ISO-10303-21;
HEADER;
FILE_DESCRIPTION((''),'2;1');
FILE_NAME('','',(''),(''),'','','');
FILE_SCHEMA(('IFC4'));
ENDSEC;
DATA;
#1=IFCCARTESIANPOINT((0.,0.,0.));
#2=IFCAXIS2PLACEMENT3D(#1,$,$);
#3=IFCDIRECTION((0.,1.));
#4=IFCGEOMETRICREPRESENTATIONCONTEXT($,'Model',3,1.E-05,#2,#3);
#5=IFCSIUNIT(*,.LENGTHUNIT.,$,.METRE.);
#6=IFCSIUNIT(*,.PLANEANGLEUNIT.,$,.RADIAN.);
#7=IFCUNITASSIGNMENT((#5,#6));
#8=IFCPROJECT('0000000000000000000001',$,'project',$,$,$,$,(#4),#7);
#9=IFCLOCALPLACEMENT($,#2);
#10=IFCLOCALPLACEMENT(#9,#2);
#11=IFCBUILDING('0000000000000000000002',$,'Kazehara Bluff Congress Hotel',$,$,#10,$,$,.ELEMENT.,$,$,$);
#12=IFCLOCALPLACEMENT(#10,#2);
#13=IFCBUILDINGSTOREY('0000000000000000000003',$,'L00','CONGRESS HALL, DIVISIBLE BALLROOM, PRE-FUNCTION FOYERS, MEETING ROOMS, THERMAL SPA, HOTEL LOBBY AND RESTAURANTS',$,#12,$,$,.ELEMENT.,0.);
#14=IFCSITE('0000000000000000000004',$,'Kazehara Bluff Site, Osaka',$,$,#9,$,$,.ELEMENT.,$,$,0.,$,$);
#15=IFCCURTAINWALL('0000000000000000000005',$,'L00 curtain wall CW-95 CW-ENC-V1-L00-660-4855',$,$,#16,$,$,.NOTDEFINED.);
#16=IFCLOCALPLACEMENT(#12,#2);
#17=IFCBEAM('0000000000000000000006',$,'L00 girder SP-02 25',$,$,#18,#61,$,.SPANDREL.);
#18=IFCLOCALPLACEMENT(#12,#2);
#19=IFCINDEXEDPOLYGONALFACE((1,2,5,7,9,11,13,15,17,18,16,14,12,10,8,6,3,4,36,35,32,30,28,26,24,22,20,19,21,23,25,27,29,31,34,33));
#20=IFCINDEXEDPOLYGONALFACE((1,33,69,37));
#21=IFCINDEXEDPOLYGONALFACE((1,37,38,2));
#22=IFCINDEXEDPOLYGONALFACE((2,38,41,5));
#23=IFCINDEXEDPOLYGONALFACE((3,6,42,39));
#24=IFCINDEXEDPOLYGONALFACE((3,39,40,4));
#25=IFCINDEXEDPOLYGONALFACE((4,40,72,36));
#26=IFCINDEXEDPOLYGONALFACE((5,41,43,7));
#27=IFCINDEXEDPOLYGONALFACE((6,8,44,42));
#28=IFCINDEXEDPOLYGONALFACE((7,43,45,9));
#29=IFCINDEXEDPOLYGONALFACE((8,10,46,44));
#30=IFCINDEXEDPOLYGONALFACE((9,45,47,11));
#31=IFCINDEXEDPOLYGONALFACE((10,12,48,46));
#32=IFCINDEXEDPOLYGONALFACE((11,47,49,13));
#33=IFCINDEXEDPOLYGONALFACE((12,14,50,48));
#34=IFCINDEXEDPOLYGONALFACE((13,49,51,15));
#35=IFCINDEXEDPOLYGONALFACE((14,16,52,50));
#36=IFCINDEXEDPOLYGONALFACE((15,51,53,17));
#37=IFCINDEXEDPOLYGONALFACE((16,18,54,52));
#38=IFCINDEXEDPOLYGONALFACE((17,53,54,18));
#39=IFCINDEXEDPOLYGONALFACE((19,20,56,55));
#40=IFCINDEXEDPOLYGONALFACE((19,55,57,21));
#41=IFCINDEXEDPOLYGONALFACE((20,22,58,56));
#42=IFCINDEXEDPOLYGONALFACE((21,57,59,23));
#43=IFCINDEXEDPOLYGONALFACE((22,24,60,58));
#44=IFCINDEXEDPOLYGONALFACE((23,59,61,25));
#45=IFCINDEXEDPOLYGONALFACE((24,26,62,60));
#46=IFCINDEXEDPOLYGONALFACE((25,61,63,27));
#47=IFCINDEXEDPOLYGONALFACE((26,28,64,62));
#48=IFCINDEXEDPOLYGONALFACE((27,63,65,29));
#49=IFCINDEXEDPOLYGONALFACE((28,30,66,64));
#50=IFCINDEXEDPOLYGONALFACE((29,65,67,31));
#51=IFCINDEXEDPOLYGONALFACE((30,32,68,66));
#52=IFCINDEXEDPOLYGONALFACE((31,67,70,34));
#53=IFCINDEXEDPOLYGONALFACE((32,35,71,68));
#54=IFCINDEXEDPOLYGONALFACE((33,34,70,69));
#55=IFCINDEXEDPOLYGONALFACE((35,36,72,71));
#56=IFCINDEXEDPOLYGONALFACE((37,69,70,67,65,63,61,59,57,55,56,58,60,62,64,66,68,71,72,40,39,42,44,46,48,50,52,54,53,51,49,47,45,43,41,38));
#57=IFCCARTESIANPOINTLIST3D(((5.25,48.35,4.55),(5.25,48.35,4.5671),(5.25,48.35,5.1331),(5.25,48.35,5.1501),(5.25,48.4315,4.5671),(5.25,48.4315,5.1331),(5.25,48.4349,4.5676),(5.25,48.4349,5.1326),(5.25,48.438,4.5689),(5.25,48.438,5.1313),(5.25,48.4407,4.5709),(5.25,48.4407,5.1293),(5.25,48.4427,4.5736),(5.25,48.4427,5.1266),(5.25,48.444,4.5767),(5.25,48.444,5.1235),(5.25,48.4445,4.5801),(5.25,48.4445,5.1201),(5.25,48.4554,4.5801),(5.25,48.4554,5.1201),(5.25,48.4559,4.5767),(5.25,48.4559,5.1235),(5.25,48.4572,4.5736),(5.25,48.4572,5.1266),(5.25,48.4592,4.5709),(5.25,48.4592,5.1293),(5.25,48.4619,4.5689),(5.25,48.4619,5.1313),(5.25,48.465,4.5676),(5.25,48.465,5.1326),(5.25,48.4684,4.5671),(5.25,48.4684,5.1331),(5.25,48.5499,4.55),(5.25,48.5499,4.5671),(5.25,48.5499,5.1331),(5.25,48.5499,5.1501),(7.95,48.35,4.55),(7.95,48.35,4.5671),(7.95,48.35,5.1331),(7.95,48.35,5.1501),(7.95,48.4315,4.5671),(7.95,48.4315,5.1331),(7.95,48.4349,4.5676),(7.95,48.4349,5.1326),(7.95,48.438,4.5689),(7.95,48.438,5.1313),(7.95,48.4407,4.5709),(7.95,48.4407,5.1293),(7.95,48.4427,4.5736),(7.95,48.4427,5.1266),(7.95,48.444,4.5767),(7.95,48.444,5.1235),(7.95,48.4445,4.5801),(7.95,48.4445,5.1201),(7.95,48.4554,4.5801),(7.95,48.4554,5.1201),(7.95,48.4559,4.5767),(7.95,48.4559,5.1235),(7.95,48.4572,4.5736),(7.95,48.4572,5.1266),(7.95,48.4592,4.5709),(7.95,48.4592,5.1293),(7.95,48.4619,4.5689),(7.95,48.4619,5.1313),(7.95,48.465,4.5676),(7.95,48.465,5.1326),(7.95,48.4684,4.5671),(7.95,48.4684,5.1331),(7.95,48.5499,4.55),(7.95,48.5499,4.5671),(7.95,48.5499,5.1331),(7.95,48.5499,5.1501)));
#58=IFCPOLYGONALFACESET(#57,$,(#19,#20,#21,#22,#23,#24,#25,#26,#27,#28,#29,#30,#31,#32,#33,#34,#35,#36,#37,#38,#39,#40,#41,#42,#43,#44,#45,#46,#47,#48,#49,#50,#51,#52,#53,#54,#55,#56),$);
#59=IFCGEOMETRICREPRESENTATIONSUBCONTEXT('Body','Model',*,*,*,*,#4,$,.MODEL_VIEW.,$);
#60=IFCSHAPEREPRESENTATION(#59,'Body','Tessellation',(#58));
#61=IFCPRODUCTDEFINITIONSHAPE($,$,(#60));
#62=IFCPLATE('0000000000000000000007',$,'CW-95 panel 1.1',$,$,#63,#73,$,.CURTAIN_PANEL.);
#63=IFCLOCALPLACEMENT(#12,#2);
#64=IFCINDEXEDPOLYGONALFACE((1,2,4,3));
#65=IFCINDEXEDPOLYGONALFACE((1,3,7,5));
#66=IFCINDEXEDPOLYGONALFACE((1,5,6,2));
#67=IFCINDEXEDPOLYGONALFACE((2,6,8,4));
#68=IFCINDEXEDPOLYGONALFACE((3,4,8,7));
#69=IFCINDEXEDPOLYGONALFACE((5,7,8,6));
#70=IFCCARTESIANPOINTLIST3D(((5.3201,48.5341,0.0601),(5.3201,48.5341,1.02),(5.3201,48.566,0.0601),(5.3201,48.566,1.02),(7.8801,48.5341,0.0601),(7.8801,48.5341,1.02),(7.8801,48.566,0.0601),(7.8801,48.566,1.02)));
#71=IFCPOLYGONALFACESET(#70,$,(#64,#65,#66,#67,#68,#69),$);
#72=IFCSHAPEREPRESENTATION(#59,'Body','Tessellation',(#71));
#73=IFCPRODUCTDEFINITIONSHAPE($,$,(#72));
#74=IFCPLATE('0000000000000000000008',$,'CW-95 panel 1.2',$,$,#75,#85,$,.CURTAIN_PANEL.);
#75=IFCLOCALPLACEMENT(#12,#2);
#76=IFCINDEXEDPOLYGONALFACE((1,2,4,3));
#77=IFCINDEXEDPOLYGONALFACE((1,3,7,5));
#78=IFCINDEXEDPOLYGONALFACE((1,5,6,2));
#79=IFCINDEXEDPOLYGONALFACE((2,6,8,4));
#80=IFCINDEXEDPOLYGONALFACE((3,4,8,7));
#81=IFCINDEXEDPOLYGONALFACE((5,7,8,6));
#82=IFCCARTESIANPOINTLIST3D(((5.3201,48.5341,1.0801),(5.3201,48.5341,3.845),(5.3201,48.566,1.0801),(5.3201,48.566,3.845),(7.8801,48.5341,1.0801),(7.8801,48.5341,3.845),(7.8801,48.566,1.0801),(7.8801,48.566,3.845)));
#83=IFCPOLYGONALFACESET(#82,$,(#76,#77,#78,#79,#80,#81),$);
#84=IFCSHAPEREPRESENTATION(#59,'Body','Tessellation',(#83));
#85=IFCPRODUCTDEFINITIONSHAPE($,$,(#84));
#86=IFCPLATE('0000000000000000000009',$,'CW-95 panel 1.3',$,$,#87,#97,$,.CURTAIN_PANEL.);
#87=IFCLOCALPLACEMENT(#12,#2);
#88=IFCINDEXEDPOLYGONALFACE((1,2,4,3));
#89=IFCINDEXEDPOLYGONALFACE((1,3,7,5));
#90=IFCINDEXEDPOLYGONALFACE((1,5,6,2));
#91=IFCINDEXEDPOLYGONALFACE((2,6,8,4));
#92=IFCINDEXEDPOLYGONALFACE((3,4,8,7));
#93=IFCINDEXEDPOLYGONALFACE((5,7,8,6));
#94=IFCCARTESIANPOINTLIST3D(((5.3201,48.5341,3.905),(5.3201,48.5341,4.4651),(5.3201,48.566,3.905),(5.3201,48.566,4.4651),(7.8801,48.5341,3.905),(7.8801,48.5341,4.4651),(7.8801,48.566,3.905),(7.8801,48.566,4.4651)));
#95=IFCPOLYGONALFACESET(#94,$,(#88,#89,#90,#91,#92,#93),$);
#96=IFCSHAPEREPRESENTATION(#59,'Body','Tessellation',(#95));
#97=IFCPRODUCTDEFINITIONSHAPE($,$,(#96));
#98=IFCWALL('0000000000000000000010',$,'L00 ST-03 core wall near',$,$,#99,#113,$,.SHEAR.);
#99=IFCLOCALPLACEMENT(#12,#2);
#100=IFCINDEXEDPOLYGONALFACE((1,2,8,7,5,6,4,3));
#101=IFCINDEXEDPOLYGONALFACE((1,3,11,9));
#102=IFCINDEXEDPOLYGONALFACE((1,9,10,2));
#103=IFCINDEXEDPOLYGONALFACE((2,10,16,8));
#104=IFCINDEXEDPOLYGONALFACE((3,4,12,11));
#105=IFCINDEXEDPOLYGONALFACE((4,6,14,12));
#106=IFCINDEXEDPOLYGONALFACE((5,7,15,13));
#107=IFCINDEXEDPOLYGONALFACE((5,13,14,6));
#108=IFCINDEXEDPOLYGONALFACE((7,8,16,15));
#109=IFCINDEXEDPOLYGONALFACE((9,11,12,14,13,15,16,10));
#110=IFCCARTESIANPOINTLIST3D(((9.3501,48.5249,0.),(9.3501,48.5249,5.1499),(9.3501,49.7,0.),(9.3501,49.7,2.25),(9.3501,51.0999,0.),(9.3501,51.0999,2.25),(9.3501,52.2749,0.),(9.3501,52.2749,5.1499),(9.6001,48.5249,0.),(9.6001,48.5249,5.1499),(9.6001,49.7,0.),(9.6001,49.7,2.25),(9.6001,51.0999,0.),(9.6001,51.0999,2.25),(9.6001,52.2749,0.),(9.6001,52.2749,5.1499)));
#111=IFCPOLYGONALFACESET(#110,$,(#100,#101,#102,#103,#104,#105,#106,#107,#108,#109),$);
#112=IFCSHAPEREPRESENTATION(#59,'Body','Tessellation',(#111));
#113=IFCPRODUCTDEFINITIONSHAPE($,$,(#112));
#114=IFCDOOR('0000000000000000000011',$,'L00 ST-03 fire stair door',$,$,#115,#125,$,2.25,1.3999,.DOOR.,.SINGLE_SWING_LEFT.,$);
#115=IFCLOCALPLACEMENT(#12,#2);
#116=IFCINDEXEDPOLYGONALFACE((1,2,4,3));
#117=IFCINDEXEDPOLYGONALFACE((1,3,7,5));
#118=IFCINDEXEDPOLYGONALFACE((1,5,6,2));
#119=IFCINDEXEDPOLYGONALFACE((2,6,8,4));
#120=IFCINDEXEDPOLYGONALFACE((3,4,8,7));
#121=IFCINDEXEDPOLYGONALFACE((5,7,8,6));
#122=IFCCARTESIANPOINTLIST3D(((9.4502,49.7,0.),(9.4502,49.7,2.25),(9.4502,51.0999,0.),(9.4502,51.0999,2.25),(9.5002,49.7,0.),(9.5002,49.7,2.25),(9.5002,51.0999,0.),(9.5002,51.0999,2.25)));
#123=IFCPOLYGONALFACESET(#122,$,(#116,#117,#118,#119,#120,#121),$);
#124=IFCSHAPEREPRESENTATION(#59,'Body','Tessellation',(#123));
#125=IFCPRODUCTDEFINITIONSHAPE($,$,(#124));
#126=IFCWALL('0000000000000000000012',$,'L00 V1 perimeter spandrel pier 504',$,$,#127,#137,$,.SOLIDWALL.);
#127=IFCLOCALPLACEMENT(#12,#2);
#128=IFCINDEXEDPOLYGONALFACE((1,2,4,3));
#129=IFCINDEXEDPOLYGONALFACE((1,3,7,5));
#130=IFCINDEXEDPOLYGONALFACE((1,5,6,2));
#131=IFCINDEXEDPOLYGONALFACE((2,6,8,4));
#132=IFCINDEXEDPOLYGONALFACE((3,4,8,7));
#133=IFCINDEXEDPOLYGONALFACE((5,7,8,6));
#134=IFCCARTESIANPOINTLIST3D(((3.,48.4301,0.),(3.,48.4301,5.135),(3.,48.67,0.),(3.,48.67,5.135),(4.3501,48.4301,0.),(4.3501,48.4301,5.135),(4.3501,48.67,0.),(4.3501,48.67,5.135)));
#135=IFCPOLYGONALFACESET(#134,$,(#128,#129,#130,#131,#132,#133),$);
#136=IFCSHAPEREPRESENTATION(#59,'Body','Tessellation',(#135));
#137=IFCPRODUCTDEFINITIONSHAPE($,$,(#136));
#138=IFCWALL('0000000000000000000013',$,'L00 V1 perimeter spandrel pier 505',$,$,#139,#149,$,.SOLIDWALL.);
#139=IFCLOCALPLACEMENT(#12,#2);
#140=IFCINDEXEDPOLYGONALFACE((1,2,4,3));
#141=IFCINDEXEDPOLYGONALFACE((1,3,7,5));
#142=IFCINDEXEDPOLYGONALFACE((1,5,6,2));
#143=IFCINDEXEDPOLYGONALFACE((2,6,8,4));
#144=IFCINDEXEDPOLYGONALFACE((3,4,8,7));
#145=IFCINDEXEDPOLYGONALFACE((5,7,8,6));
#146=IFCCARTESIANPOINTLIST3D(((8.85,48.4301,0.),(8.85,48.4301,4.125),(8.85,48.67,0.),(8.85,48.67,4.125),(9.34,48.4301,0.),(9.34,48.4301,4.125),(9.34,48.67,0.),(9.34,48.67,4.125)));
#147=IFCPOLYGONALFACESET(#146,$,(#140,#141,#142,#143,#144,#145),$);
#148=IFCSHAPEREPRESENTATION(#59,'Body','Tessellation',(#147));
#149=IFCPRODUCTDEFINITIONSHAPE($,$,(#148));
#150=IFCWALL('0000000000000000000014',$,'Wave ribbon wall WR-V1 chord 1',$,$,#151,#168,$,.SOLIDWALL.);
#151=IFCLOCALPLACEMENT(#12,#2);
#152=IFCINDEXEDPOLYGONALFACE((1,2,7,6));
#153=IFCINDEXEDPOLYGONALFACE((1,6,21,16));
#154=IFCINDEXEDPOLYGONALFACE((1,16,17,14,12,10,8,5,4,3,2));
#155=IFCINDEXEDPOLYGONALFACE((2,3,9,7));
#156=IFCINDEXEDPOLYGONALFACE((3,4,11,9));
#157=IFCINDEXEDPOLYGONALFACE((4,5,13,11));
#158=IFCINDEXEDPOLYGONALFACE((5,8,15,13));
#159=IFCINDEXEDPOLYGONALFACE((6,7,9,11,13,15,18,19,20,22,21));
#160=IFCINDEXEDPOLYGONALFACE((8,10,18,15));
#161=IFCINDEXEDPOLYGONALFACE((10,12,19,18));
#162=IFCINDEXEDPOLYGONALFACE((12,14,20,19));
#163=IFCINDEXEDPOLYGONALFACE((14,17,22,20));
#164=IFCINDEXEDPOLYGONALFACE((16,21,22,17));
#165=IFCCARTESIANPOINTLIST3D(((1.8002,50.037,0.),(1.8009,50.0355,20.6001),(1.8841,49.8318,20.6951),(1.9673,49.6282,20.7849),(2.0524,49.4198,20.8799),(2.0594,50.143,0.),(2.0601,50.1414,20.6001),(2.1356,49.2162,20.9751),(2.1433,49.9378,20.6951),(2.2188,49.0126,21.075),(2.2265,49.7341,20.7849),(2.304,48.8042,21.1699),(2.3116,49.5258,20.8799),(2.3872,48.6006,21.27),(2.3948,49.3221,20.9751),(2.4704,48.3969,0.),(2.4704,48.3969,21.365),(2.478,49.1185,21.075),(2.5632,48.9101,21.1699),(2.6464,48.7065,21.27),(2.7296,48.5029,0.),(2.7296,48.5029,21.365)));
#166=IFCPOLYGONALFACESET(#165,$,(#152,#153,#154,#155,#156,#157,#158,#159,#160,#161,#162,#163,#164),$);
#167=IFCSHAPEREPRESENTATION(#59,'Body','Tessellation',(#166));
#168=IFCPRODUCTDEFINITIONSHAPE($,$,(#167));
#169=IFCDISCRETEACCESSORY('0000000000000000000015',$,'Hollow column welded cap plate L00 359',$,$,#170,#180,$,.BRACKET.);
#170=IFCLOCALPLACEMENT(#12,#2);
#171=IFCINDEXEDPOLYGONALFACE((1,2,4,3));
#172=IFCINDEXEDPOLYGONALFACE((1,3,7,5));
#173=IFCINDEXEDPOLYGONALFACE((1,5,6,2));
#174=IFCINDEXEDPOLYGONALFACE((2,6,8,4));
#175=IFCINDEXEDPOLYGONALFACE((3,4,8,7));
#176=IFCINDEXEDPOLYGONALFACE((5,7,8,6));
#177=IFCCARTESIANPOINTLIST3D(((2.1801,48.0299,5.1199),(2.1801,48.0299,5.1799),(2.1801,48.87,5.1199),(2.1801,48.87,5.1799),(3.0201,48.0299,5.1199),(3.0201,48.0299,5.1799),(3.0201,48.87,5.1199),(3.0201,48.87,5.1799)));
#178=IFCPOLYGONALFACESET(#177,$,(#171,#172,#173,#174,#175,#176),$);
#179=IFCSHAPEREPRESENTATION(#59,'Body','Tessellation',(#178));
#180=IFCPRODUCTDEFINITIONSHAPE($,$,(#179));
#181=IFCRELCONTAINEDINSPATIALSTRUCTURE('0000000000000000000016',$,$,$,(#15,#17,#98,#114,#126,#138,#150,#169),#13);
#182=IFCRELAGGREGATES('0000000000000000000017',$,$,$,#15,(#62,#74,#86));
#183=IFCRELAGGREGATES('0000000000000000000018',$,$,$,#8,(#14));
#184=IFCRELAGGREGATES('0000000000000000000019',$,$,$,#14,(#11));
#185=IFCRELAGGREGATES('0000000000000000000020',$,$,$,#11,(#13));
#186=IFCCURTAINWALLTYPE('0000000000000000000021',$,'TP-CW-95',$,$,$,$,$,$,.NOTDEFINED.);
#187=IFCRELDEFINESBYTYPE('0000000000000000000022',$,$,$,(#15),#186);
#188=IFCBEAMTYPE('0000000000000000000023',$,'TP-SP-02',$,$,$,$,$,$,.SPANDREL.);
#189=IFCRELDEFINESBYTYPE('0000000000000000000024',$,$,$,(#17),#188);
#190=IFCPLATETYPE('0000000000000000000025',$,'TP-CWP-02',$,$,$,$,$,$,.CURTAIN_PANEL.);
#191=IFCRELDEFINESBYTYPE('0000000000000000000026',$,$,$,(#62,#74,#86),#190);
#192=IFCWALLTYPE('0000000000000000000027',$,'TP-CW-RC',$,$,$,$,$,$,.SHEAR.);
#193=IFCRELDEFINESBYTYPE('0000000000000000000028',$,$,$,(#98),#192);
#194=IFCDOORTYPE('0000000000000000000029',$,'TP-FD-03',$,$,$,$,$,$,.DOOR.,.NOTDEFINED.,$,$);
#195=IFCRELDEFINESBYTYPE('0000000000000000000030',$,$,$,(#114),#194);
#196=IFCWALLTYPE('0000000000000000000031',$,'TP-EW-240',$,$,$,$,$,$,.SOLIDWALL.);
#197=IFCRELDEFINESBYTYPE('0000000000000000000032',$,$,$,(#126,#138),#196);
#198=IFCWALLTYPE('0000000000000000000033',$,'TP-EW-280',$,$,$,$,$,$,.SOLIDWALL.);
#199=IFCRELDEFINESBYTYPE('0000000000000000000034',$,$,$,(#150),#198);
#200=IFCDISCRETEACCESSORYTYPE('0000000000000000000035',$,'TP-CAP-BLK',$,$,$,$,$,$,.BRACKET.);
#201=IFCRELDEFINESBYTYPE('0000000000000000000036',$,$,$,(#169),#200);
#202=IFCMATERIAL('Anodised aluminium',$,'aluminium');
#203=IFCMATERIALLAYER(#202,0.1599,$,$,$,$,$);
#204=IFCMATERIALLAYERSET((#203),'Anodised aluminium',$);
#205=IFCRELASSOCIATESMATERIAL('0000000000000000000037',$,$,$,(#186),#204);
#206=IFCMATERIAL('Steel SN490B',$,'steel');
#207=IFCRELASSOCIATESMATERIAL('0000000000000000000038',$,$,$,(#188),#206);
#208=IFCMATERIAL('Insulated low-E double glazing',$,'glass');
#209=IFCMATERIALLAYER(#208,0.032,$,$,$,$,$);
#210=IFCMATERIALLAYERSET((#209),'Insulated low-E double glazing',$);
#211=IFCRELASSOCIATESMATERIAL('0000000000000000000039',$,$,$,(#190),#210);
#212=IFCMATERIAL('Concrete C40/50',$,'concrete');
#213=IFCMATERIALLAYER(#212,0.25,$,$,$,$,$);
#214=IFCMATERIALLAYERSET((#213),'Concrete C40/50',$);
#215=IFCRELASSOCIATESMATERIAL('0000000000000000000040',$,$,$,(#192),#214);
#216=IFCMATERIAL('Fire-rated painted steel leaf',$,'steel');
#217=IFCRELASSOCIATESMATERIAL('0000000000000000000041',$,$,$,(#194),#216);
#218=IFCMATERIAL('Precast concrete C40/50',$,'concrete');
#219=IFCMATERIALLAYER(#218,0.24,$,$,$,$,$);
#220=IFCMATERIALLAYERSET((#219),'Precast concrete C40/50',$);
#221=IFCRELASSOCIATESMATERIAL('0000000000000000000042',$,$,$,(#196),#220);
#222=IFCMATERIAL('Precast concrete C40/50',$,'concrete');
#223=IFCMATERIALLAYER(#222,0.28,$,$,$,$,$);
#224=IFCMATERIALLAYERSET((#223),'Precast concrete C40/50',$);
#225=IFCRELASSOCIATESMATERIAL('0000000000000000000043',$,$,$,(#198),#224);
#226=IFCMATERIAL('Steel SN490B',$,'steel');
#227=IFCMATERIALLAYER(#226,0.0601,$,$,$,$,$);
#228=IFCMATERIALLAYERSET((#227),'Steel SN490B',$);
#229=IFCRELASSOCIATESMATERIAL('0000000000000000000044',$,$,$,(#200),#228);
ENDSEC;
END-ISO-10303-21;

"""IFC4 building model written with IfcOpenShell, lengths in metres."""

from ifc_helpers import new_model, si_unit, direction, frame, frame_2d, origin, origin_2d, place, context, subcontext, project, spatial, polyline, rectangle, i_section, outline, extrude, material, layer, layer_set, material_profile, profile_set, type_object, element, fill, aggregate, save


model = new_model("IFC4")

# Units and contexts
model_context = context("Model", 3, precision=1e-05, world=origin(), true_north=direction((0.0, 1.0)))
body_context = subcontext(model_context, "Body", "Model", "MODEL_VIEW")
ifc_project = project(units=[si_unit("LENGTHUNIT", "METRE"), si_unit("PLANEANGLEUNIT", "RADIAN")], contexts=[model_context])

# Site, building, storey
site_placement = place(None, origin())
site = spatial("IfcSite", under=ifc_project, at=site_placement, Name="Kazehara Bluff Site, Osaka", CompositionType="ELEMENT", RefElevation=0.0)
building_placement = place(site_placement, origin())
building = spatial("IfcBuilding", under=site, at=building_placement, Name="Kazehara Bluff Congress Hotel", CompositionType="ELEMENT")
storey_placement = place(building_placement, origin())
storey = spatial("IfcBuildingStorey", under=building, at=storey_placement, Name="L00", Description="CONGRESS HALL, DIVISIBLE BALLROOM, PRE-FUNCTION FOYERS, MEETING ROOMS, THERMAL SPA, HOTEL LOBBY AND RESTAURANTS", CompositionType="ELEMENT", Elevation=0.0)

# Curtain wall
ifc_material_1 = material(Name="Anodised aluminium", Category="aluminium")
ifc_layer_1 = layer(ifc_material_1, 0.1599)
ifc_layer_set_1 = layer_set([ifc_layer_1], Name="Anodised aluminium")
curtain_wall_type = type_object("IfcCurtainWallType", Name="TP-CW-95", PredefinedType="NOTDEFINED", material=ifc_layer_set_1)
curtain_wall_placement = place(storey_placement, origin())
curtain_wall = element("IfcCurtainWall", 1, at=curtain_wall_placement, inside=storey, type_object=curtain_wall_type, Name="L00 curtain wall CW-95 CW-ENC-V1-L00-660-4855", PredefinedType="NOTDEFINED")

# Beam
ifc_material_2 = material(Name="Steel SN490B", Category="steel")
ifc_material_profile_1 = material_profile(ifc_material_2, i_section(OverallWidth=0.2, OverallDepth=0.6001, WebThickness=0.011, FlangeThickness=0.0171, FilletRadius=0.0129, at=origin_2d()))
ifc_profile_set_1 = profile_set([ifc_material_profile_1], Name="Steel SN490B")
beam_type_1 = type_object("IfcBeamType", Name="TP-SP-02", PredefinedType="SPANDREL", material=ifc_profile_set_1)
beam_1_placement = place(storey_placement, frame((5.25, 48.45, 4.8501), z_axis=(1.0, 0.0, 0.0), x_axis=(0.0, 1.0, 0.0)))
element("IfcBeam", 2, at=beam_1_placement, inside=storey, type_object=beam_type_1, Name="L00 girder SP-02 25", PredefinedType="SPANDREL", context=body_context, shape_type="SweptSolid", body=[
    extrude(i_section(OverallWidth=0.2, OverallDepth=0.6001, WebThickness=0.011, FlangeThickness=0.0171, FilletRadius=0.0129, at=origin_2d()), origin(), (0.0, 0.0, 1.0), 2.7),
])

# Plates
ifc_material_3 = material(Name="Insulated low-E double glazing", Category="glass")
ifc_layer_2 = layer(ifc_material_3, 0.032)
ifc_layer_set_2 = layer_set([ifc_layer_2], Name="Insulated low-E double glazing")
plate_type = type_object("IfcPlateType", Name="TP-CWP-02", PredefinedType="CURTAIN_PANEL", material=ifc_layer_set_2)
plate_1_placement = place(storey_placement, frame((6.6001, 48.55, 0.0601), z_axis=(0.0, 0.0, 1.0), x_axis=(-1.0, 0.0, 0.0)))
plate_1 = element("IfcPlate", 3, at=plate_1_placement, type_object=plate_type, Name="CW-95 panel 1.1", PredefinedType="CURTAIN_PANEL", context=body_context, shape_type="SweptSolid", body=[
    extrude(rectangle(XDim=2.5601, YDim=0.032, at=origin_2d()), origin(), (0.0, 0.0, 1.0), 0.96),
])
plate_2_placement = place(storey_placement, frame((6.6001, 48.55, 1.0801), z_axis=(0.0, 0.0, 1.0), x_axis=(-1.0, 0.0, 0.0)))
plate_2 = element("IfcPlate", 4, at=plate_2_placement, type_object=plate_type, Name="CW-95 panel 1.2", PredefinedType="CURTAIN_PANEL", context=body_context, shape_type="SweptSolid", body=[
    extrude(rectangle(XDim=2.5601, YDim=0.032, at=origin_2d()), origin(), (0.0, 0.0, 1.0), 2.7649),
])
plate_3_placement = place(storey_placement, frame((6.6001, 48.55, 3.905), z_axis=(0.0, 0.0, 1.0), x_axis=(-1.0, 0.0, 0.0)))
plate_3 = element("IfcPlate", 5, at=plate_3_placement, type_object=plate_type, Name="CW-95 panel 1.3", PredefinedType="CURTAIN_PANEL", context=body_context, shape_type="SweptSolid", body=[
    extrude(rectangle(XDim=2.5601, YDim=0.032, at=origin_2d()), origin(), (0.0, 0.0, 1.0), 0.5601),
])
aggregate(curtain_wall, [plate_1, plate_2, plate_3])

# Wall, opening, door
ifc_material_4 = material(Name="Concrete C40/50", Category="concrete")
ifc_layer_3 = layer(ifc_material_4, 0.25)
ifc_layer_set_3 = layer_set([ifc_layer_3], Name="Concrete C40/50")
wall_type_1 = type_object("IfcWallType", Name="TP-CW-RC", PredefinedType="SHEAR", material=ifc_layer_set_3)
wall_1_placement = place(storey_placement, frame((9.4751, 48.5249, 0.0), z_axis=(0.0, 0.0, 1.0), x_axis=(0.0, 1.0, 0.0)))
wall_1 = element("IfcWall", 6, at=wall_1_placement, inside=storey, type_object=wall_type_1, Name="L00 ST-03 core wall near", PredefinedType="SHEAR", context=body_context, shape_type="SweptSolid", body=[
    extrude(rectangle(XDim=3.75, YDim=0.25, at=frame_2d((1.875, 0.0))), origin(), (0.0, 0.0, 1.0), 5.1499),
])
opening_placement = place(wall_1_placement, frame((1.175, 0.0, 0.0)))
opening = element("IfcOpeningElement", 7, at=opening_placement, cuts=wall_1, PredefinedType="OPENING", context=body_context, shape_type="SweptSolid", body=[
    extrude(rectangle(XDim=1.3999, YDim=2.25, at=frame_2d((0.7, 1.125))), frame((0.0, 0.135, 0.0), z_axis=(0.0, -1.0, 0.0), x_axis=(1.0, 0.0, 0.0)), (0.0, 0.0, 1.0), 0.27),
])
ifc_material_5 = material(Name="Fire-rated painted steel leaf", Category="steel")
door_type = type_object("IfcDoorType", Name="TP-FD-03", OperationType="NOTDEFINED", PredefinedType="DOOR", material=ifc_material_5)
door_placement = place(opening_placement, origin())
door = element("IfcDoor", 8, at=door_placement, inside=storey, type_object=door_type, Name="L00 ST-03 fire stair door", OperationType="SINGLE_SWING_LEFT", OverallHeight=2.25, OverallWidth=1.3999, PredefinedType="DOOR", context=body_context, shape_type="SweptSolid", body=[
    extrude(rectangle(XDim=1.3999, YDim=2.25, at=frame_2d((0.7, 1.125))), frame((0.0, 0.0249, 0.0), z_axis=(0.0, -1.0, 0.0), x_axis=(1.0, 0.0, 0.0)), (0.0, 0.0, 1.0), 0.05),
])
fill(opening, door)

# Walls
ifc_material_6 = material(Name="Precast concrete C40/50", Category="concrete")
ifc_layer_4 = layer(ifc_material_6, 0.24)
ifc_layer_set_4 = layer_set([ifc_layer_4], Name="Precast concrete C40/50")
wall_type_2 = type_object("IfcWallType", Name="TP-EW-240", PredefinedType="SOLIDWALL", material=ifc_layer_set_4)
wall_2_placement = place(storey_placement, frame((4.3501, 48.55, 0.0), z_axis=(0.0, 0.0, 1.0), x_axis=(-1.0, 0.0, 0.0)))
element("IfcWall", 9, at=wall_2_placement, inside=storey, type_object=wall_type_2, Name="L00 V1 perimeter spandrel pier 504", PredefinedType="SOLIDWALL", context=body_context, shape_type="SweptSolid", body=[
    extrude(rectangle(XDim=1.3501, YDim=0.24, at=frame_2d((0.675, 0.0))), origin(), (0.0, 0.0, 1.0), 5.135),
])
wall_3_placement = place(storey_placement, frame((9.3401, 48.55, 0.0), z_axis=(0.0, 0.0, 1.0), x_axis=(-1.0, 0.0, 0.0)))
element("IfcWall", 10, at=wall_3_placement, inside=storey, type_object=wall_type_2, Name="L00 V1 perimeter spandrel pier 505", PredefinedType="SOLIDWALL", context=body_context, shape_type="SweptSolid", body=[
    extrude(rectangle(XDim=0.49, YDim=0.24, at=frame_2d((0.2451, 0.0))), origin(), (0.0, 0.0, 1.0), 4.125),
])
ifc_material_7 = material(Name="Precast concrete C40/50", Category="concrete")
ifc_layer_5 = layer(ifc_material_7, 0.28)
ifc_layer_set_5 = layer_set([ifc_layer_5], Name="Precast concrete C40/50")
wall_type_3 = type_object("IfcWallType", Name="TP-EW-280", PredefinedType="SOLIDWALL", material=ifc_layer_set_5)
wall_4_placement = place(storey_placement, frame((2.6001, 48.45, 0.0), z_axis=(0.0, 0.0, 1.0), x_axis=(-0.378246, 0.925705, 0.0)))
element("IfcWall", 11, at=wall_4_placement, inside=storey, type_object=wall_type_3, Name="Wave ribbon wall WR-V1 chord 1", PredefinedType="SOLIDWALL", context=body_context, shape_type="SweptSolid", body=[
    extrude(outline(polyline([(0.0, 0.0), (1.7717, 0.0), (1.77, 20.6001), (1.55, 20.6951), (1.3301, 20.7849), (1.105, 20.8799), (0.885, 20.9751), (0.665, 21.075), (0.4399, 21.1699), (0.22, 21.27), (0.0, 21.365), (0.0, 0.0)])), frame((0.0, 0.1401, 0.0), z_axis=(0.0, -1.0, 0.0), x_axis=(1.0, 0.0, 0.0)), (0.0, 0.0, 1.0), 0.28),
])

# Discrete accessory
ifc_material_8 = material(Name="Steel SN490B", Category="steel")
ifc_layer_6 = layer(ifc_material_8, 0.0601)
ifc_layer_set_6 = layer_set([ifc_layer_6], Name="Steel SN490B")
discrete_accessory_type = type_object("IfcDiscreteAccessoryType", Name="TP-CAP-BLK", PredefinedType="BRACKET", material=ifc_layer_set_6)
discrete_accessory_placement = place(storey_placement, frame((2.6001, 48.45, 5.1199), z_axis=(0.0, 0.0, 1.0), x_axis=(1.0, 0.0, 0.0)))
element("IfcDiscreteAccessory", 12, at=discrete_accessory_placement, inside=storey, type_object=discrete_accessory_type, Name="Hollow column welded cap plate L00 359", PredefinedType="BRACKET", context=body_context, shape_type="SweptSolid", body=[
    extrude(rectangle(XDim=0.8401, YDim=0.8401, at=origin_2d()), origin(), (0.0, 0.0, 1.0), 0.0601),
])

save(model, "model.ifc")
